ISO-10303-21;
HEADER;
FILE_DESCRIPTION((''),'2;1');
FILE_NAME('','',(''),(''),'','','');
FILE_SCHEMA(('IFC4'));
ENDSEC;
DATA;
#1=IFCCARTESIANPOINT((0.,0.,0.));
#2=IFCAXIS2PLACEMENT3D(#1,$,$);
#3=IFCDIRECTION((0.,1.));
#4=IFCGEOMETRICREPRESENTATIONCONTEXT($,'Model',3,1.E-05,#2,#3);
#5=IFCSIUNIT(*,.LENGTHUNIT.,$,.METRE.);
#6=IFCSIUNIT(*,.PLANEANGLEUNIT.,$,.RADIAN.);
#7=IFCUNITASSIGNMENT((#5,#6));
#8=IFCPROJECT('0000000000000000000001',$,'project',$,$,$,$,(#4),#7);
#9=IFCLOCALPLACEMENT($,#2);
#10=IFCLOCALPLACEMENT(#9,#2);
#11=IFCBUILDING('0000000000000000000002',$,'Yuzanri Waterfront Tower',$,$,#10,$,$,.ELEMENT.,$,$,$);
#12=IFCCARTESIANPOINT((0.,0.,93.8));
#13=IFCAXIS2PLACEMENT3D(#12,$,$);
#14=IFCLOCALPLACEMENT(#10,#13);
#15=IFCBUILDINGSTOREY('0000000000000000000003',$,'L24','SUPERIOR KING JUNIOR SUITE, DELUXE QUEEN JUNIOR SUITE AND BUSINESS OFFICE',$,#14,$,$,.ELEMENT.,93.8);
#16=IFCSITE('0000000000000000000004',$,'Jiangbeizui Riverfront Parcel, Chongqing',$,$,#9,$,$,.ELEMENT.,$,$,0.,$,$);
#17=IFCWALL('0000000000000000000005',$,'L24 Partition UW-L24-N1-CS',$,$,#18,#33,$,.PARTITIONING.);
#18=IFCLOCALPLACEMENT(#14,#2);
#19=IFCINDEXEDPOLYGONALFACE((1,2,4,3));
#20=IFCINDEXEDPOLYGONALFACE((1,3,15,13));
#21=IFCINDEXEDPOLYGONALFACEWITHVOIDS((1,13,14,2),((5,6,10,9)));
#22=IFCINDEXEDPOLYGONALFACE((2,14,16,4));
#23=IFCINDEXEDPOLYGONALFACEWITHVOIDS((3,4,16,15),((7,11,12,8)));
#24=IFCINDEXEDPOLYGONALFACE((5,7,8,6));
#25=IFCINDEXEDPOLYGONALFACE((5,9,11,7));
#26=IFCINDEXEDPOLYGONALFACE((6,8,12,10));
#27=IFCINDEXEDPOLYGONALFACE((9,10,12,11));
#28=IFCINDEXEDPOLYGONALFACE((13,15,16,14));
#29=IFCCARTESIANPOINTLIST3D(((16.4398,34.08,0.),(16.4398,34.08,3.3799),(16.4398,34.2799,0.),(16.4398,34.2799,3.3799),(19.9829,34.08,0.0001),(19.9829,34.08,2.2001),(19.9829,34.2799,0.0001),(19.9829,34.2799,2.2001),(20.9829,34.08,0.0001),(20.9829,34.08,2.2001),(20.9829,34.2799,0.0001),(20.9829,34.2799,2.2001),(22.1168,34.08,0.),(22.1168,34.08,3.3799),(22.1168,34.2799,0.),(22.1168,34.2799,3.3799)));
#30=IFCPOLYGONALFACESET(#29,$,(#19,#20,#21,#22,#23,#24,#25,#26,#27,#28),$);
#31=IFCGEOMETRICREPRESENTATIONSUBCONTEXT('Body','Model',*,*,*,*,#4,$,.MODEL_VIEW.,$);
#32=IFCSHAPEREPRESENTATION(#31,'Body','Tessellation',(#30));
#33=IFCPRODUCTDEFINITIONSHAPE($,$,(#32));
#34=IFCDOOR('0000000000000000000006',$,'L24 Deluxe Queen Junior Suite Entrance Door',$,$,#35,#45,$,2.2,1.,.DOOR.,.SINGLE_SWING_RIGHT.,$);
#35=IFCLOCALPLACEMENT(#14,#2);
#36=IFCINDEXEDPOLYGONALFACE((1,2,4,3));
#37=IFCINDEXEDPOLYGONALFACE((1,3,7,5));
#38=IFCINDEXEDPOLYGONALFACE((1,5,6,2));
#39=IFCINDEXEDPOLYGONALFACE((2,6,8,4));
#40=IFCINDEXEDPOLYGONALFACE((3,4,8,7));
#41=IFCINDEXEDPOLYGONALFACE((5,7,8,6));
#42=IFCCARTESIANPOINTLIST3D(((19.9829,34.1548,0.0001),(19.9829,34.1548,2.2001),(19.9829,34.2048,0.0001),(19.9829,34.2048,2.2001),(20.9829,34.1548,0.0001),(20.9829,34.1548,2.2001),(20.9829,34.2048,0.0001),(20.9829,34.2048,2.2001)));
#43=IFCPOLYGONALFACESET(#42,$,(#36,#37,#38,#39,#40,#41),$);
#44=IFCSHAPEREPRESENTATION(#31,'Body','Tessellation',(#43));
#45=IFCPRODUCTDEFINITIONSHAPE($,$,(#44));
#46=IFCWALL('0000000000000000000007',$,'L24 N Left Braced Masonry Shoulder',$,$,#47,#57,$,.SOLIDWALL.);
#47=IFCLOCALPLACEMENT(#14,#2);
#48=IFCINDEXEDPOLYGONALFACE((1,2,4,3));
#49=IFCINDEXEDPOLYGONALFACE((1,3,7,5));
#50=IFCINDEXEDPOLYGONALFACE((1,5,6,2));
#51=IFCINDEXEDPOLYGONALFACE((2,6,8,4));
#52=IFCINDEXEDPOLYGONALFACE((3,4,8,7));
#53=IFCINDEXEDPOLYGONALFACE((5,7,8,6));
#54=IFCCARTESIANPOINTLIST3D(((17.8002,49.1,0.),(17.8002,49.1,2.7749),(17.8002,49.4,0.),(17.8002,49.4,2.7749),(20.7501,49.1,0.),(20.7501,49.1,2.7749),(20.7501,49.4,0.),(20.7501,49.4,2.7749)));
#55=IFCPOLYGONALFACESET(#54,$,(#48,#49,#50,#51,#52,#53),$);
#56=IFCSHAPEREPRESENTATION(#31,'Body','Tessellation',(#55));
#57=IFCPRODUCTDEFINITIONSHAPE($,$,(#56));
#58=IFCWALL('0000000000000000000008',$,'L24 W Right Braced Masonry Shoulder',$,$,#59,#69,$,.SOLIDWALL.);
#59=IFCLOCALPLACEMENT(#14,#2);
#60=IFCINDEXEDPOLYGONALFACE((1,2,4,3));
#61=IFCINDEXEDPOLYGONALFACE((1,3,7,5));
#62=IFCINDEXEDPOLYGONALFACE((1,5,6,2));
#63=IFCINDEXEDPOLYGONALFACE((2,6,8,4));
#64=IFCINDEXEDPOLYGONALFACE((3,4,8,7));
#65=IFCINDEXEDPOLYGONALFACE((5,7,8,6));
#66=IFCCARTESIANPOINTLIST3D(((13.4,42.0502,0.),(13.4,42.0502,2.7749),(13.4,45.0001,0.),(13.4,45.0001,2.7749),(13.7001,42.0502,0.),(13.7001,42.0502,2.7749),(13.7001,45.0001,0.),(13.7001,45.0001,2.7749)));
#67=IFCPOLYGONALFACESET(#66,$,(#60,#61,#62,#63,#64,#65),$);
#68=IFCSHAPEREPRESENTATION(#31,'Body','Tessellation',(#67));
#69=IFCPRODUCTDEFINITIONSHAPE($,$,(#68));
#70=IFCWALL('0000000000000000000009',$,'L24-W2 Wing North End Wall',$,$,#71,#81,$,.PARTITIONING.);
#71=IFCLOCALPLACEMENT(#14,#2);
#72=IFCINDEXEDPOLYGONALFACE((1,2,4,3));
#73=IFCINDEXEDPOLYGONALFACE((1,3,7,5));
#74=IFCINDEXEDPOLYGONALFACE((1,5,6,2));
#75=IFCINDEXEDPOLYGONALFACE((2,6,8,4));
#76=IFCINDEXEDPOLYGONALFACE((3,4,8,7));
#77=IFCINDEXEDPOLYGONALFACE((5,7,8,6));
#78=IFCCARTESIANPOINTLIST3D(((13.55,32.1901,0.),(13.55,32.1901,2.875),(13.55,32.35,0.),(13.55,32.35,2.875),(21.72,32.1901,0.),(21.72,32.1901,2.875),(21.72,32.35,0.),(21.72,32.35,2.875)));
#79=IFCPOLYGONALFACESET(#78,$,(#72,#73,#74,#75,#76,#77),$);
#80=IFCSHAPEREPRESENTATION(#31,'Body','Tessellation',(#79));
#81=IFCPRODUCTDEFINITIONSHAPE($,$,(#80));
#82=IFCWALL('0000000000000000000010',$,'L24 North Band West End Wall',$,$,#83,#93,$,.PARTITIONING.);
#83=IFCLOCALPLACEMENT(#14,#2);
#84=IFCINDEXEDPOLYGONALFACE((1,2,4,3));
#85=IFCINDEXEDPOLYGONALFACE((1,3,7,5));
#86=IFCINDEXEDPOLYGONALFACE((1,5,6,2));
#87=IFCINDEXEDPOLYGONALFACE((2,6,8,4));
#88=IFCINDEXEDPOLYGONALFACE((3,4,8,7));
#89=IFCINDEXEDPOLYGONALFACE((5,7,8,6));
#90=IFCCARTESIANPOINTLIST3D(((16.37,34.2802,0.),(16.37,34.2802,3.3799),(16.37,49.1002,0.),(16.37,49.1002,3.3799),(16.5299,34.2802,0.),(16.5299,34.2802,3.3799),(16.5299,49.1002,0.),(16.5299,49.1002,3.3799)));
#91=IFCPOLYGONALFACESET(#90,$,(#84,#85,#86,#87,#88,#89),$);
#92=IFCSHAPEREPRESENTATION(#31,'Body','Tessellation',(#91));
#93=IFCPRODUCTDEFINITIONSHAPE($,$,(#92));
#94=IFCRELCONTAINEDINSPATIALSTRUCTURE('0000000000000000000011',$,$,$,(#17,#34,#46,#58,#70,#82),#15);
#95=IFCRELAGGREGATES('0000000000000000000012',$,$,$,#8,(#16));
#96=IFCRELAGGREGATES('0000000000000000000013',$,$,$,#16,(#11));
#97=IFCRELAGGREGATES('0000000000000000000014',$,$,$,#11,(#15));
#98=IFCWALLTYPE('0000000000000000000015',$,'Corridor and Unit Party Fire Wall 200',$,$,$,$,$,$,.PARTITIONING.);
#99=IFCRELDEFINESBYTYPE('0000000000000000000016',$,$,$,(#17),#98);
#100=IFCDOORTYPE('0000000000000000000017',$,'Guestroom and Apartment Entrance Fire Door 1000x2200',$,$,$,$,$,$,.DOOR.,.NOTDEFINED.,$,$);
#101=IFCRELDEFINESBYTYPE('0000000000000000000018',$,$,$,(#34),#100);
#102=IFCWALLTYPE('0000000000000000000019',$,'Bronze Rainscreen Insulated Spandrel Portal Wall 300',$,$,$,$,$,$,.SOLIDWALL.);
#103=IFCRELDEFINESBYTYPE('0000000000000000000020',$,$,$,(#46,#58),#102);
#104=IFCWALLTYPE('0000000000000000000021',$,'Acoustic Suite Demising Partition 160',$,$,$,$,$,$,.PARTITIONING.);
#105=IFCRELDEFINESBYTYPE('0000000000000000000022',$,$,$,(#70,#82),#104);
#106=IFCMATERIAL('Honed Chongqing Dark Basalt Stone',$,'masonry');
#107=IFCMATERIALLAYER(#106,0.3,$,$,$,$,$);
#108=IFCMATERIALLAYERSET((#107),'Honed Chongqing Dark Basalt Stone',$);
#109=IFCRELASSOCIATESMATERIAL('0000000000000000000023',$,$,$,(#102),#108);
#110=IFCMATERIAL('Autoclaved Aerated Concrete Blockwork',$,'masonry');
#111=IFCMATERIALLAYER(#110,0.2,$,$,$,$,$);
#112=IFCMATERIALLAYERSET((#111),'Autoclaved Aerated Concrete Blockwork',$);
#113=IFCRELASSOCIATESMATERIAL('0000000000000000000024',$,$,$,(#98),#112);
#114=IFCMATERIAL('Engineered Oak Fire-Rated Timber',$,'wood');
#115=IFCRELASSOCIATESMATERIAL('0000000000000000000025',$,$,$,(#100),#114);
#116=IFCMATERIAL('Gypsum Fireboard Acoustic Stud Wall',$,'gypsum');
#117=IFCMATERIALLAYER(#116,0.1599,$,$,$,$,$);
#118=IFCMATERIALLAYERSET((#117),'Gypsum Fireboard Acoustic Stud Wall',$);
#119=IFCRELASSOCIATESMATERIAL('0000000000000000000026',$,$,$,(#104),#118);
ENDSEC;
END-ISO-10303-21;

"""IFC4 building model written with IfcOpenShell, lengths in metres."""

from ifc_helpers import new_model, si_unit, direction, frame, frame_2d, origin, place, context, subcontext, project, spatial, rectangle, extrude, source, transform, mapped, material, layer, layer_set, type_object, element, fill, save


model = new_model("IFC4")

# Units and contexts
model_context = context("Model", 3, precision=1e-05, world=origin(), true_north=direction((0.0, 1.0)))
body_context = subcontext(model_context, "Body", "Model", "MODEL_VIEW")
ifc_project = project(units=[si_unit("LENGTHUNIT", "METRE"), si_unit("PLANEANGLEUNIT", "RADIAN")], contexts=[model_context])

# Site, building, storey
site_placement = place(None, origin())
site = spatial("IfcSite", under=ifc_project, at=site_placement, Name="Jiangbeizui Riverfront Parcel, Chongqing", CompositionType="ELEMENT", RefElevation=0.0)
building_placement = place(site_placement, origin())
building = spatial("IfcBuilding", under=site, at=building_placement, Name="Yuzanri Waterfront Tower", CompositionType="ELEMENT")
storey_placement = place(building_placement, frame((0.0, 0.0, 93.8)))
storey = spatial("IfcBuildingStorey", under=building, at=storey_placement, Name="L24", Description="SUPERIOR KING JUNIOR SUITE, DELUXE QUEEN JUNIOR SUITE AND BUSINESS OFFICE", CompositionType="ELEMENT", Elevation=93.8)

# Shared definitions
ifc_material_1 = material(Name="Honed Chongqing Dark Basalt Stone", Category="masonry")
ifc_layer_1 = layer(ifc_material_1, 0.3)
ifc_layer_set_1 = layer_set([ifc_layer_1], Name="Honed Chongqing Dark Basalt Stone")
wall_type_1 = type_object("IfcWallType", Name="Bronze Rainscreen Insulated Spandrel Portal Wall 300", PredefinedType="SOLIDWALL", material=ifc_layer_set_1)

# Wall, opening, door
ifc_material_2 = material(Name="Autoclaved Aerated Concrete Blockwork", Category="masonry")
ifc_layer_2 = layer(ifc_material_2, 0.2)
ifc_layer_set_2 = layer_set([ifc_layer_2], Name="Autoclaved Aerated Concrete Blockwork")
wall_type_2 = type_object("IfcWallType", Name="Corridor and Unit Party Fire Wall 200", PredefinedType="PARTITIONING", material=ifc_layer_set_2)
wall_1_placement = place(storey_placement, frame((16.4399, 34.1799, 0.0), z_axis=(0.0, 0.0, 1.0), x_axis=(1.0, 0.0, 0.0)))
wall_1 = element("IfcWall", 1, at=wall_1_placement, inside=storey, type_object=wall_type_2, Name="L24 Partition UW-L24-N1-CS", PredefinedType="PARTITIONING", context=body_context, shape_type="SweptSolid", body=[
    extrude(rectangle(XDim=5.677, YDim=0.2, at=frame_2d((2.8384, 0.0))), origin(), (0.0, 0.0, 1.0), 3.3799),
])
opening_1_placement = place(wall_1_placement, frame((3.543, 0.0, 0.0)))
opening_1 = element("IfcOpeningElement", 2, at=opening_1_placement, cuts=wall_1, PredefinedType="OPENING", context=body_context, shape_type="SweptSolid", body=[
    extrude(rectangle(XDim=1.0, YDim=2.2, at=frame_2d((0.5, 1.1001))), frame((0.0, 0.1147, 0.0), z_axis=(0.0, -1.0, 0.0), x_axis=(1.0, 0.0, 0.0)), (0.0, 0.0, 1.0), 0.2297),
])
ifc_material_3 = material(Name="Engineered Oak Fire-Rated Timber", Category="wood")
door_type_1 = type_object("IfcDoorType", Name="Guestroom and Apartment Entrance Fire Door 1000x2200", OperationType="NOTDEFINED", PredefinedType="DOOR", material=ifc_material_3)
shared_shape_1 = source(origin(), body_context, "Body", "SweptSolid", [
    extrude(rectangle(XDim=1.0, YDim=2.2, at=frame_2d((0.5, 1.1001))), frame((0.0, 0.0249, 0.0), z_axis=(0.0, -1.0, 0.0), x_axis=(1.0, 0.0, 0.0)), (0.0, 0.0, 1.0), 0.05),
])
door_1_placement = place(opening_1_placement, origin())
door_1 = element("IfcDoor", 3, at=door_1_placement, inside=storey, type_object=door_type_1, Name="L24 Deluxe Queen Junior Suite Entrance Door", OperationType="SINGLE_SWING_RIGHT", OverallHeight=2.2, OverallWidth=1.0, PredefinedType="DOOR", context=body_context, shape_type="MappedRepresentation", body=[
    mapped(shared_shape_1, transform((0.0, 0.0, 0.0), scale=1.0)),
])
fill(opening_1, door_1)

# Walls
shared_shape_2 = source(origin(), body_context, "Body", "SweptSolid", [
    extrude(rectangle(XDim=2.95, YDim=0.3, at=frame_2d((1.4751, 0.0))), origin(), (0.0, 0.0, 1.0), 2.7749),
])
for number, where, z_axis, x_axis, name in (
    (4, (17.8, 49.25, 0.0), (0.0, 0.0, 1.0), (1.0, 0.0, 0.0), "L24 N Left Braced Masonry Shoulder"),
    (5, (13.55, 42.05, 0.0), (0.0, 0.0, 1.0), (0.0, 1.0, 0.0), "L24 W Right Braced Masonry Shoulder"),
):
    element("IfcWall", number, at=place(storey_placement, frame(where, z_axis=z_axis, x_axis=x_axis)), inside=storey, type_object=wall_type_1, Name=name, PredefinedType="SOLIDWALL", context=body_context, shape_type="MappedRepresentation", body=[
        mapped(shared_shape_2, transform((0.0, 0.0, 0.0), scale=1.0)),
    ])
ifc_material_4 = material(Name="Gypsum Fireboard Acoustic Stud Wall", Category="gypsum")
ifc_layer_3 = layer(ifc_material_4, 0.1599)
ifc_layer_set_3 = layer_set([ifc_layer_3], Name="Gypsum Fireboard Acoustic Stud Wall")
wall_type_3 = type_object("IfcWallType", Name="Acoustic Suite Demising Partition 160", PredefinedType="PARTITIONING", material=ifc_layer_set_3)
shared_shape_3 = source(origin(), body_context, "Body", "SweptSolid", [
    extrude(rectangle(XDim=8.1699, YDim=0.1599, at=frame_2d((4.085, 0.0))), origin(), (0.0, 0.0, 1.0), 2.875),
])
wall_2_placement = place(storey_placement, frame((13.55, 32.27, 0.0), z_axis=(0.0, 0.0, 1.0), x_axis=(1.0, 0.0, 0.0)))
element("IfcWall", 6, at=wall_2_placement, inside=storey, type_object=wall_type_3, Name="L24-W2 Wing North End Wall", PredefinedType="PARTITIONING", context=body_context, shape_type="MappedRepresentation", body=[
    mapped(shared_shape_3, transform((0.0, 0.0, 0.0), scale=1.0)),
])
shared_shape_4 = source(origin(), body_context, "Body", "SweptSolid", [
    extrude(rectangle(XDim=14.8201, YDim=0.1599, at=frame_2d((7.4102, 0.0))), origin(), (0.0, 0.0, 1.0), 3.3799),
])
wall_3_placement = place(storey_placement, frame((16.45, 34.28, 0.0), z_axis=(0.0, 0.0, 1.0), x_axis=(0.0, 1.0, 0.0)))
element("IfcWall", 7, at=wall_3_placement, inside=storey, type_object=wall_type_3, Name="L24 North Band West End Wall", PredefinedType="PARTITIONING", context=body_context, shape_type="MappedRepresentation", body=[
    mapped(shared_shape_4, transform((0.0, 0.0, 0.0), scale=1.0)),
])

save(model, "model.ifc")
